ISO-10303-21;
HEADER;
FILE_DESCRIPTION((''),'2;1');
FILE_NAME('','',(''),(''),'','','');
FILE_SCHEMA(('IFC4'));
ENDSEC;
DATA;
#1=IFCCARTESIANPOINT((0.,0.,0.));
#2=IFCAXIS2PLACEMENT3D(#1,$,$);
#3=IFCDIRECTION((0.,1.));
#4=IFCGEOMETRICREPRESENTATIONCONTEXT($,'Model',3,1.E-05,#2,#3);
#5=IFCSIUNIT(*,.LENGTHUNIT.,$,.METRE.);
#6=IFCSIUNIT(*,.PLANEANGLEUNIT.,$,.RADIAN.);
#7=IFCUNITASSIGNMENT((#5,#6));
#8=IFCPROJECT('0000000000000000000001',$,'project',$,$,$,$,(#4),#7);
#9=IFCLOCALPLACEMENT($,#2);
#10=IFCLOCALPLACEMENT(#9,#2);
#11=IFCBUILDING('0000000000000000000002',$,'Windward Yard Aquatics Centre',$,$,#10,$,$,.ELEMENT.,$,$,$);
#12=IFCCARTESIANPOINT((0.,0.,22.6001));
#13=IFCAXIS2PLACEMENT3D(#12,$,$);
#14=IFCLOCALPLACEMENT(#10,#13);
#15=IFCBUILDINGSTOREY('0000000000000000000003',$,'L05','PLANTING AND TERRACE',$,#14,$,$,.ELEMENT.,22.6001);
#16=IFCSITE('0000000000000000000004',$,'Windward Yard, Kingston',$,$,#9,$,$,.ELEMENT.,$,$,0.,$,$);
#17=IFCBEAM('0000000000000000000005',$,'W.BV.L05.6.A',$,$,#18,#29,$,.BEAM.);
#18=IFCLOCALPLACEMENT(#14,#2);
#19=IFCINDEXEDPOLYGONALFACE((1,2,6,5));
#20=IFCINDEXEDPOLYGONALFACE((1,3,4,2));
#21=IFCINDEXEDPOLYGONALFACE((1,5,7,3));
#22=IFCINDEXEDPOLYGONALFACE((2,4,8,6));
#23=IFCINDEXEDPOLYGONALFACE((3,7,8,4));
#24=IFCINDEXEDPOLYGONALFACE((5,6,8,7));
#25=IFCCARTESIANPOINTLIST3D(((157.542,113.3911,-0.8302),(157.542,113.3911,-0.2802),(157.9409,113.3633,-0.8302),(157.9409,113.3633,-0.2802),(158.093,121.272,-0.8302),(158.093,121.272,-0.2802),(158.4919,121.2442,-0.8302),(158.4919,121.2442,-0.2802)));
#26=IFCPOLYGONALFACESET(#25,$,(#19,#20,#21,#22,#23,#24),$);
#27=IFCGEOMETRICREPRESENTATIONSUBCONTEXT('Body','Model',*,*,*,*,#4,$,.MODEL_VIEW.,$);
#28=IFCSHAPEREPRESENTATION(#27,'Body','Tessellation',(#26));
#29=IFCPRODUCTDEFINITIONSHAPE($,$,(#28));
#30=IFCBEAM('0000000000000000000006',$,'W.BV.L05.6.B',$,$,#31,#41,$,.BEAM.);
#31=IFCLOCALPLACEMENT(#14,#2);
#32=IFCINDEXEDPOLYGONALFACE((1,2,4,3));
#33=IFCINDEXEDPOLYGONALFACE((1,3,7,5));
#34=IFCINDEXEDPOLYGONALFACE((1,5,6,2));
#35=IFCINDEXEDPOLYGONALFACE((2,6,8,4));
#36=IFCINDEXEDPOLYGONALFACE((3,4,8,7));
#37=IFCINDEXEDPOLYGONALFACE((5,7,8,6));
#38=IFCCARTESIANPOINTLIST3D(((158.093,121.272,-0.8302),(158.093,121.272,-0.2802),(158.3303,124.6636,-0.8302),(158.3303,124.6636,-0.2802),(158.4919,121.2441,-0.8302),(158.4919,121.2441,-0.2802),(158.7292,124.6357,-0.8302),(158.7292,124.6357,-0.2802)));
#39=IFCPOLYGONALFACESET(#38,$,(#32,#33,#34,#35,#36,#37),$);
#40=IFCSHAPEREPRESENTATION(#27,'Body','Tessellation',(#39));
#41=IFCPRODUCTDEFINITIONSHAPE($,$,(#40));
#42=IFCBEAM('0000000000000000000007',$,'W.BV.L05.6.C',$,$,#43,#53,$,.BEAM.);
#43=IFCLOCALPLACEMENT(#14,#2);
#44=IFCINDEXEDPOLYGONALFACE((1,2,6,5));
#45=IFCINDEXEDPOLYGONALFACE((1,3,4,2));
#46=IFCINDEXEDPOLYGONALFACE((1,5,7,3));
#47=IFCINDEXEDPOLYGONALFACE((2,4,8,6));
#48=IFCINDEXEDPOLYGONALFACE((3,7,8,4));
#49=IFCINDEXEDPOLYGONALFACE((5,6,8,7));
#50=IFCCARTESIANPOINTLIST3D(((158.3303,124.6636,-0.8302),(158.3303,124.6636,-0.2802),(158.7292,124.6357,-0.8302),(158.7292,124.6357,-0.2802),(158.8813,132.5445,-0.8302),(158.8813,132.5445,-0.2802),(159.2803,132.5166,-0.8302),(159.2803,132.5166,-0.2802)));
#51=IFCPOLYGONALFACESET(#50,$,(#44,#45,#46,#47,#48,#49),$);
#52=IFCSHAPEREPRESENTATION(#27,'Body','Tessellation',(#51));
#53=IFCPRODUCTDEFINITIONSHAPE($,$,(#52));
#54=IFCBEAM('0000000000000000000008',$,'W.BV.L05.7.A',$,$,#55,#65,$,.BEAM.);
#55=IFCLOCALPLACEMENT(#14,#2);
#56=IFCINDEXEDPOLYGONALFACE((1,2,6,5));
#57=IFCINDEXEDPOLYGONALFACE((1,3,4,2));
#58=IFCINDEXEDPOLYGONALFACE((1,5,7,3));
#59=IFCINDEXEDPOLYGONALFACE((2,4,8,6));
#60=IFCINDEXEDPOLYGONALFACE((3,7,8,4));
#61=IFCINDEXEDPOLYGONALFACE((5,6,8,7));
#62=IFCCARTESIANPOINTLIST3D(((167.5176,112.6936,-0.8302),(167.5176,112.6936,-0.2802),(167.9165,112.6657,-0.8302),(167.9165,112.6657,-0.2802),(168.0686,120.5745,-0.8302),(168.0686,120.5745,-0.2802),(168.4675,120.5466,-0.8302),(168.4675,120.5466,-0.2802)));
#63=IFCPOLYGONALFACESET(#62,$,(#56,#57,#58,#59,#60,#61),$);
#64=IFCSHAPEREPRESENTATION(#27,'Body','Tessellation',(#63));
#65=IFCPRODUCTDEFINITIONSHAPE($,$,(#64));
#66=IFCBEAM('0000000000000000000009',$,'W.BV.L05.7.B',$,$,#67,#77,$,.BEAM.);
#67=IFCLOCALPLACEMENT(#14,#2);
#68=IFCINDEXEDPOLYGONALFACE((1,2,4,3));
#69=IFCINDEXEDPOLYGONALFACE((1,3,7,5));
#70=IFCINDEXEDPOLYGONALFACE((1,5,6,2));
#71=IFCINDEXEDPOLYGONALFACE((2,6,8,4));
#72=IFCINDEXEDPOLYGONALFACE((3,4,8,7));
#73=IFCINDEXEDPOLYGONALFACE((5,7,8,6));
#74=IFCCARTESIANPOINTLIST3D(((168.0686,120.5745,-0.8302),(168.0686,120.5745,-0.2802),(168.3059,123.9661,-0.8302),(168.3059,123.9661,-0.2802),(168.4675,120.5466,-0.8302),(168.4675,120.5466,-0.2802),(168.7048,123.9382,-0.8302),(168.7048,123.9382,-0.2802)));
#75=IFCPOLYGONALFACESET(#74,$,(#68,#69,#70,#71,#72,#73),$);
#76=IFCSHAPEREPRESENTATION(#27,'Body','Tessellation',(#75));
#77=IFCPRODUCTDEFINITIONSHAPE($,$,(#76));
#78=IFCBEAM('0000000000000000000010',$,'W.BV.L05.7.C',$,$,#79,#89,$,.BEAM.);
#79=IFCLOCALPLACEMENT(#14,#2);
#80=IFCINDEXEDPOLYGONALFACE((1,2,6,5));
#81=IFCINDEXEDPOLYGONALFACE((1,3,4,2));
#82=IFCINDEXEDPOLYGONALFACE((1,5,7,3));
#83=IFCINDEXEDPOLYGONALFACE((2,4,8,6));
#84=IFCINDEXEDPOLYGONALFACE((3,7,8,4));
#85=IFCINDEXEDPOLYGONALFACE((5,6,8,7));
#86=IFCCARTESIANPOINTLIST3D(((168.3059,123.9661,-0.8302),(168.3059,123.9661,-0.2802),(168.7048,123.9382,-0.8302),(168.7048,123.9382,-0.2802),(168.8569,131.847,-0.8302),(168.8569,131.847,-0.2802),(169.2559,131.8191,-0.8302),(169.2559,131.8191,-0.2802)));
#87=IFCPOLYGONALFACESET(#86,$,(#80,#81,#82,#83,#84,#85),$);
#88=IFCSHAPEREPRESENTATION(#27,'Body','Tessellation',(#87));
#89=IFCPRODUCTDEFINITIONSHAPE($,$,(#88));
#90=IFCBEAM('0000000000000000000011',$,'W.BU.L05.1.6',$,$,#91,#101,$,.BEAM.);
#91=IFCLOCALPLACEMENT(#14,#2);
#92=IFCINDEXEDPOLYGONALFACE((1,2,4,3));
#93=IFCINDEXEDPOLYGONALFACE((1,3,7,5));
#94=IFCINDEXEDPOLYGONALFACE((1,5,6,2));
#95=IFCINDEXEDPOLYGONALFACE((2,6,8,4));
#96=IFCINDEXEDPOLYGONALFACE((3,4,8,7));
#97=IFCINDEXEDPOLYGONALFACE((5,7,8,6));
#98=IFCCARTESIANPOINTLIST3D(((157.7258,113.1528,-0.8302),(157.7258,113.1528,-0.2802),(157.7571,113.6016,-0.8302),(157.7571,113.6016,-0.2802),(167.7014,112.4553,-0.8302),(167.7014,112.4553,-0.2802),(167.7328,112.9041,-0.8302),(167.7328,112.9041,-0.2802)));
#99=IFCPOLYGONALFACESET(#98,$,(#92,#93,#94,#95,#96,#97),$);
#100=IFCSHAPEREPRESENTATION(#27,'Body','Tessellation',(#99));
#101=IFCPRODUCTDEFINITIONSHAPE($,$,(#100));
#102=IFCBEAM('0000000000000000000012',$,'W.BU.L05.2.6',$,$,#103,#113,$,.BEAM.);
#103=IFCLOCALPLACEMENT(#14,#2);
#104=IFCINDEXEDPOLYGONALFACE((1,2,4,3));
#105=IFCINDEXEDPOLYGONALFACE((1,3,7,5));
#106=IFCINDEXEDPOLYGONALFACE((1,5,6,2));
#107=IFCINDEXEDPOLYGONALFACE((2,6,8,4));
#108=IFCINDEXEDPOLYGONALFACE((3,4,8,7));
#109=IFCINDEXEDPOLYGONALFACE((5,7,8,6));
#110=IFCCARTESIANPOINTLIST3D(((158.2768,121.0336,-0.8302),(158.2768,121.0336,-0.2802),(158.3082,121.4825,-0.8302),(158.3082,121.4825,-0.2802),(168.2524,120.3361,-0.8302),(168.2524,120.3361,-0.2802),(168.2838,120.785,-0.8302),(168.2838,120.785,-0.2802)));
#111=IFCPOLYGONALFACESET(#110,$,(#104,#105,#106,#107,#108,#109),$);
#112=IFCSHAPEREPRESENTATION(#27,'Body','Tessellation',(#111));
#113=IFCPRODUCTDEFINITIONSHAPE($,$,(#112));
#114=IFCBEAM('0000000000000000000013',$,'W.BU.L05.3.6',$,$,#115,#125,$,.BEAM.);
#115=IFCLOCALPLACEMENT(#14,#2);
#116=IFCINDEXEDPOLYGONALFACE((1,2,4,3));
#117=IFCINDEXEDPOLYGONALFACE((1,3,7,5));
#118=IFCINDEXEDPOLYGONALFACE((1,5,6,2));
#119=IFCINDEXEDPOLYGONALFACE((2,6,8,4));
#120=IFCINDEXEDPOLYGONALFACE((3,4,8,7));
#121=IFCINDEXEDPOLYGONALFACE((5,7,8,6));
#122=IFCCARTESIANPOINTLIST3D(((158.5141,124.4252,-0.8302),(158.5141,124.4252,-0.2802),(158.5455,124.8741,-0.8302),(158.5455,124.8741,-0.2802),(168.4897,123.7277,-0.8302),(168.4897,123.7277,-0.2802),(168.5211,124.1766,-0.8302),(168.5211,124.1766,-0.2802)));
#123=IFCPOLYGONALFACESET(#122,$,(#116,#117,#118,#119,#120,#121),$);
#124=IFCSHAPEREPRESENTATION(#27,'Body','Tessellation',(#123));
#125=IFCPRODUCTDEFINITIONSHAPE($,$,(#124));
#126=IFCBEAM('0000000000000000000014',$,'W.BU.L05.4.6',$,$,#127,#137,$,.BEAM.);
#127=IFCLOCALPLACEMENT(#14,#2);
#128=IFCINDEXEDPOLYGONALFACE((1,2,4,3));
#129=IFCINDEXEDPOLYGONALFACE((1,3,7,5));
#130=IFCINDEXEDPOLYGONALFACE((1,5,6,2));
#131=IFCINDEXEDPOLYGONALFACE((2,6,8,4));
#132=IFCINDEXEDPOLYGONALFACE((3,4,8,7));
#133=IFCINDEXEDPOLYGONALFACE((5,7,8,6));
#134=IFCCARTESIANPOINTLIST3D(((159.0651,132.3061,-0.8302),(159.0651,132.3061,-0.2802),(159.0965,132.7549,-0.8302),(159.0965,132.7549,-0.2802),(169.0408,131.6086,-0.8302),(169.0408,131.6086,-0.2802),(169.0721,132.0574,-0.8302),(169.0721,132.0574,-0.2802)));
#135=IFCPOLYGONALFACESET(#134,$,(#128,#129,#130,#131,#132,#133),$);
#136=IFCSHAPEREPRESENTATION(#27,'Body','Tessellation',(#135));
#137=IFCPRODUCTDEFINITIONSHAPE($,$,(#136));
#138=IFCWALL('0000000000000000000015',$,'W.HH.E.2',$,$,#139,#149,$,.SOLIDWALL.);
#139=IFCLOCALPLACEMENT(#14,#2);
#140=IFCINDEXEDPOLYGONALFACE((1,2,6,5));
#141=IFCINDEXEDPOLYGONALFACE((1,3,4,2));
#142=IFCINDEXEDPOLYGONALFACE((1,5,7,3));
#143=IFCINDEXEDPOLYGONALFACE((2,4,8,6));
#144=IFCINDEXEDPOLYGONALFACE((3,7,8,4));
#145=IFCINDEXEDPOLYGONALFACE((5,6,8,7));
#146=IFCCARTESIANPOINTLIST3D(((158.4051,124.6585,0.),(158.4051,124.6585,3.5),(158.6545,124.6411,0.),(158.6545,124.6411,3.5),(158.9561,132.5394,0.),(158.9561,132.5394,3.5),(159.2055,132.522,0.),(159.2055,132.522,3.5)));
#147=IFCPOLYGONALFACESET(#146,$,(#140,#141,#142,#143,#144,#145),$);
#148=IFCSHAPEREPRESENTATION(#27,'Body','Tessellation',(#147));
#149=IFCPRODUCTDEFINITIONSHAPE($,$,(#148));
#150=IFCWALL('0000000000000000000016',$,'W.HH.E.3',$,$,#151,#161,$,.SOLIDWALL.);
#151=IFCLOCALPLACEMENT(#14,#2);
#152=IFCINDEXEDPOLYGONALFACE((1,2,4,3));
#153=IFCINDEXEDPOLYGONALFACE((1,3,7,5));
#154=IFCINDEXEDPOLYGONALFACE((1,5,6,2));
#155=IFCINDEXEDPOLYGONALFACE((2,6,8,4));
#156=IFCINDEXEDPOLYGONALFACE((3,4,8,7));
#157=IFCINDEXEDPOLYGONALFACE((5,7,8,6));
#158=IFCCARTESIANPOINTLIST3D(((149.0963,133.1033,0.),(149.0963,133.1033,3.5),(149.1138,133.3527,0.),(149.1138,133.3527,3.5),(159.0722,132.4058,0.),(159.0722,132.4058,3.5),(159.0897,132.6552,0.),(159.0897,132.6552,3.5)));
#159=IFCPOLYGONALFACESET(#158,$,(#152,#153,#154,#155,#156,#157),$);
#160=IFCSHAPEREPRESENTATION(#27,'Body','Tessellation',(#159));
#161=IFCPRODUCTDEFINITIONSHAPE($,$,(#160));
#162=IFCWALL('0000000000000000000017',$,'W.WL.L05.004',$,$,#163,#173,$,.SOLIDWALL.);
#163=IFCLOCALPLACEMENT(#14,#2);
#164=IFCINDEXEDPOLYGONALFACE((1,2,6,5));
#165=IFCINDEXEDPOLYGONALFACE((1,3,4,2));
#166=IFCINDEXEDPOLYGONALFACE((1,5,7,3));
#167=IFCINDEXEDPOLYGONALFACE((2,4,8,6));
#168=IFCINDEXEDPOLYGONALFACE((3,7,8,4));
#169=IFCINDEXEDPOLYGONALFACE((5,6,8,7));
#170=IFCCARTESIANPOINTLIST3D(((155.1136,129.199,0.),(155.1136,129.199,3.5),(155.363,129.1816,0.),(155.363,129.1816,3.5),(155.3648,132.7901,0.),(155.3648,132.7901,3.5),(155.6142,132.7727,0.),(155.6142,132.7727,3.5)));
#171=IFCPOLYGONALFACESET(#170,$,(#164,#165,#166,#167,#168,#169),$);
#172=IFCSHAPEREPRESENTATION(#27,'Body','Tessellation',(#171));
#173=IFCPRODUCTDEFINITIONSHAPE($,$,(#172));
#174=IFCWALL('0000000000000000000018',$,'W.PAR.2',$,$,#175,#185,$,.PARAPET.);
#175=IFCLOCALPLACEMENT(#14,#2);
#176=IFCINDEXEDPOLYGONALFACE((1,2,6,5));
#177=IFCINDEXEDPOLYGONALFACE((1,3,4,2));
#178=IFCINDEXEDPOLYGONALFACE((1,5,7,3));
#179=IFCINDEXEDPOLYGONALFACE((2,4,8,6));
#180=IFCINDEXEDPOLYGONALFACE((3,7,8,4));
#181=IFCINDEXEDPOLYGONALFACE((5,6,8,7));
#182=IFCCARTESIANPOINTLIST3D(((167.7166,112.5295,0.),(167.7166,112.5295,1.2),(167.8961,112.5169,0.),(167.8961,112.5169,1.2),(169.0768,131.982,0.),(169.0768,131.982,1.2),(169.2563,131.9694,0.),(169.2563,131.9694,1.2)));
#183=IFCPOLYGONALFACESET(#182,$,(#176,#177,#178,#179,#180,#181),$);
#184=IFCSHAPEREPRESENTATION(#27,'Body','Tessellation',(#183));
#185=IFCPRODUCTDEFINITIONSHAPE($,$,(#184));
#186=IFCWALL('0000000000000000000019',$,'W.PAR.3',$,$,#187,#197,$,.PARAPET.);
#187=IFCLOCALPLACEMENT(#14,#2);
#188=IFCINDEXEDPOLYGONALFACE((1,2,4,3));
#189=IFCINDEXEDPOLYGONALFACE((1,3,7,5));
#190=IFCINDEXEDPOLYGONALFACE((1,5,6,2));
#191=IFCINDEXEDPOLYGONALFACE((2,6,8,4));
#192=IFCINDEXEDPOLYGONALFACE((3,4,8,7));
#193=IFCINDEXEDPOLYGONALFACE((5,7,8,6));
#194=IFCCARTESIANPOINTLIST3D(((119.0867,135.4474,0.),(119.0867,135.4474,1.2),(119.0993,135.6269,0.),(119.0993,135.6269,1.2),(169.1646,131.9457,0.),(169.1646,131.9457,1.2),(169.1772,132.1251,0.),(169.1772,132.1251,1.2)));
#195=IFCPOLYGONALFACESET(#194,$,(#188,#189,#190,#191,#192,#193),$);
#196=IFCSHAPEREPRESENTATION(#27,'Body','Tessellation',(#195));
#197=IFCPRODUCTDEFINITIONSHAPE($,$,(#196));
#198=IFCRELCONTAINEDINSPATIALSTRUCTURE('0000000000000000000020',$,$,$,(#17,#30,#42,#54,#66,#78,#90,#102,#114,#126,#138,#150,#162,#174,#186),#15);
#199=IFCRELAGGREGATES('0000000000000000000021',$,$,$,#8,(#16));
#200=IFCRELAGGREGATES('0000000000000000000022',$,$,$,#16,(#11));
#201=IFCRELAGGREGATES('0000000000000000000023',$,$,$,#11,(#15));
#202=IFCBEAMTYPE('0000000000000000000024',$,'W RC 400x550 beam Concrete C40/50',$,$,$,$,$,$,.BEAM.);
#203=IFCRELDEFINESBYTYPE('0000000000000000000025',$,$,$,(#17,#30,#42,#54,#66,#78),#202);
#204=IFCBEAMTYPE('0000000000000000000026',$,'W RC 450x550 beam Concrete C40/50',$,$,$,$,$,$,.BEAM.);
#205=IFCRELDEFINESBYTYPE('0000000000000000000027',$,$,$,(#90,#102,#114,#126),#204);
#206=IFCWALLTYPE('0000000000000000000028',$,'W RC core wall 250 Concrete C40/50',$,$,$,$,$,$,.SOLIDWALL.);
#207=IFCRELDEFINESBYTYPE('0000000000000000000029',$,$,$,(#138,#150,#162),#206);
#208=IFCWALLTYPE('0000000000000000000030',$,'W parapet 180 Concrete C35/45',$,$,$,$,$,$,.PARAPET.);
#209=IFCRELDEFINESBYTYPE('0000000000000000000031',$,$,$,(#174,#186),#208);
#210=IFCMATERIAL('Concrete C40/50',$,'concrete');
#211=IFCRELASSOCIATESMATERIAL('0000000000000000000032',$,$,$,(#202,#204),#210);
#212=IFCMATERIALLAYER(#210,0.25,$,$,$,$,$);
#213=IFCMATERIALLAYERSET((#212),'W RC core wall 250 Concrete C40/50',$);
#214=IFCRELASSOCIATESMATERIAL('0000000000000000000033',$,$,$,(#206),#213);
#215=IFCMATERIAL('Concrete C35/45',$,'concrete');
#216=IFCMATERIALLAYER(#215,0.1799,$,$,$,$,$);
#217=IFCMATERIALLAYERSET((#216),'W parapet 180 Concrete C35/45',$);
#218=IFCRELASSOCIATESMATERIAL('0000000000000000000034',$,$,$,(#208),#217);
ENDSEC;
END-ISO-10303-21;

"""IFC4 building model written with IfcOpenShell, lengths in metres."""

from ifc_helpers import new_model, si_unit, direction, frame, frame_2d, origin, origin_2d, place, context, subcontext, project, spatial, rectangle, extrude, material, layer, layer_set, material_profile, profile_set, type_object, element, save


model = new_model("IFC4")

# Units and contexts
model_context = context("Model", 3, precision=1e-05, world=origin(), true_north=direction((0.0, 1.0)))
body_context = subcontext(model_context, "Body", "Model", "MODEL_VIEW")
ifc_project = project(units=[si_unit("LENGTHUNIT", "METRE"), si_unit("PLANEANGLEUNIT", "RADIAN")], contexts=[model_context])

# Site, building, storey
site_placement = place(None, origin())
site = spatial("IfcSite", under=ifc_project, at=site_placement, Name="Windward Yard, Kingston", CompositionType="ELEMENT", RefElevation=0.0)
building_placement = place(site_placement, origin())
building = spatial("IfcBuilding", under=site, at=building_placement, Name="Windward Yard Aquatics Centre", CompositionType="ELEMENT")
storey_placement = place(building_placement, frame((0.0, 0.0, 22.6001)))
storey = spatial("IfcBuildingStorey", under=building, at=storey_placement, Name="L05", Description="PLANTING AND TERRACE", CompositionType="ELEMENT", Elevation=22.6001)

# Beams
ifc_material_1 = material(Name="Concrete C40/50", Category="concrete")
ifc_material_profile_1 = material_profile(ifc_material_1, rectangle(XDim=0.3999, YDim=0.55, at=origin_2d()), Name="RC 400x550")
ifc_profile_set_1 = profile_set([ifc_material_profile_1], Name="Concrete C40/50")
beam_type_1 = type_object("IfcBeamType", Name="W RC 400x550 beam Concrete C40/50", PredefinedType="BEAM", material=ifc_profile_set_1)
beam_1_placement = place(storey_placement, frame((157.7415, 113.3772, -0.5552), z_axis=(0.069749, 0.997565, 0.0), x_axis=(-0.997565, 0.069749, 0.0)))
element("IfcBeam", 1, at=beam_1_placement, inside=storey, type_object=beam_type_1, Name="W.BV.L05.6.A", PredefinedType="BEAM", context=body_context, shape_type="SweptSolid", body=[
    extrude(rectangle(XDim=0.3999, YDim=0.55, at=origin_2d()), origin(), (0.0, 0.0, 1.0), 7.9001),
])
beam_2_placement = place(storey_placement, frame((158.2925, 121.2581, -0.5552), z_axis=(0.069798, 0.997561, 0.0), x_axis=(-0.997561, 0.069798, 0.0)))
element("IfcBeam", 2, at=beam_2_placement, inside=storey, type_object=beam_type_1, Name="W.BV.L05.6.B", PredefinedType="BEAM", context=body_context, shape_type="SweptSolid", body=[
    extrude(rectangle(XDim=0.3999, YDim=0.55, at=origin_2d()), origin(), (0.0, 0.0, 1.0), 3.3999),
])
for number, where, z_axis, x_axis, name in (
    (3, (158.5298, 124.6497, -0.5552), (0.069749, 0.997565, 0.0), (-0.997565, 0.069749, 0.0), "W.BV.L05.6.C"),
    (4, (167.717, 112.6797, -0.5552), (0.069749, 0.997565, 0.0), (-0.997565, 0.069749, 0.0), "W.BV.L05.7.A"),
):
    element("IfcBeam", number, at=place(storey_placement, frame(where, z_axis=z_axis, x_axis=x_axis)), inside=storey, type_object=beam_type_1, Name=name, PredefinedType="BEAM", context=body_context, shape_type="SweptSolid", body=[
        extrude(rectangle(XDim=0.3999, YDim=0.55, at=origin_2d()), origin(), (0.0, 0.0, 1.0), 7.9001),
    ])
beam_3_placement = place(storey_placement, frame((168.2681, 120.5605, -0.5552), z_axis=(0.069798, 0.997561, 0.0), x_axis=(-0.997561, 0.069798, 0.0)))
element("IfcBeam", 5, at=beam_3_placement, inside=storey, type_object=beam_type_1, Name="W.BV.L05.7.B", PredefinedType="BEAM", context=body_context, shape_type="SweptSolid", body=[
    extrude(rectangle(XDim=0.3999, YDim=0.55, at=origin_2d()), origin(), (0.0, 0.0, 1.0), 3.3999),
])
beam_4_placement = place(storey_placement, frame((168.5054, 123.9521, -0.5552), z_axis=(0.069749, 0.997565, 0.0), x_axis=(-0.997565, 0.069749, 0.0)))
element("IfcBeam", 6, at=beam_4_placement, inside=storey, type_object=beam_type_1, Name="W.BV.L05.7.C", PredefinedType="BEAM", context=body_context, shape_type="SweptSolid", body=[
    extrude(rectangle(XDim=0.3999, YDim=0.55, at=origin_2d()), origin(), (0.0, 0.0, 1.0), 7.9001),
])
ifc_material_profile_2 = material_profile(ifc_material_1, rectangle(XDim=0.45, YDim=0.55, at=origin_2d()), Name="RC 450x550")
ifc_profile_set_2 = profile_set([ifc_material_profile_2], Name="Concrete C40/50")
beam_type_2 = type_object("IfcBeamType", Name="W RC 450x550 beam Concrete C40/50", PredefinedType="BEAM", material=ifc_profile_set_2)
for number, where, z_axis, x_axis, name in (
    (7, (157.7415, 113.3772, -0.5552), (0.997564, -0.069751, 0.0), (0.069751, 0.997564, 0.0), "W.BU.L05.1.6"),
    (8, (158.2925, 121.2581, -0.5552), (0.997564, -0.069751, 0.0), (0.069751, 0.997564, 0.0), "W.BU.L05.2.6"),
    (9, (158.5298, 124.6497, -0.5552), (0.997564, -0.069751, 0.0), (0.069751, 0.997564, 0.0), "W.BU.L05.3.6"),
    (10, (159.0808, 132.5305, -0.5552), (0.997564, -0.069751, 0.0), (0.069751, 0.997564, 0.0), "W.BU.L05.4.6"),
):
    element("IfcBeam", number, at=place(storey_placement, frame(where, z_axis=z_axis, x_axis=x_axis)), inside=storey, type_object=beam_type_2, Name=name, PredefinedType="BEAM", context=body_context, shape_type="SweptSolid", body=[
        extrude(rectangle(XDim=0.45, YDim=0.55, at=origin_2d()), origin(), (0.0, 0.0, 1.0), 10.0),
    ])

# Walls
ifc_layer_1 = layer(ifc_material_1, 0.25)
ifc_layer_set_1 = layer_set([ifc_layer_1], Name="W RC core wall 250 Concrete C40/50")
wall_type_1 = type_object("IfcWallType", Name="W RC core wall 250 Concrete C40/50", PredefinedType="SOLIDWALL", material=ifc_layer_set_1)
wall_1_placement = place(storey_placement, frame((158.5298, 124.6497, 0.0), z_axis=(0.0, 0.0, 1.0), x_axis=(0.069749, 0.997565, 0.0)))
element("IfcWall", 11, at=wall_1_placement, inside=storey, type_object=wall_type_1, Name="W.HH.E.2", PredefinedType="SOLIDWALL", context=body_context, shape_type="SweptSolid", body=[
    extrude(rectangle(XDim=7.9001, YDim=0.25, at=frame_2d((3.9502, 0.0))), origin(), (0.0, 0.0, 1.0), 3.5),
])
wall_2_placement = place(storey_placement, frame((159.0808, 132.5305, 0.0), z_axis=(0.0, 0.0, 1.0), x_axis=(-0.997565, 0.06975, 0.0)))
element("IfcWall", 12, at=wall_2_placement, inside=storey, type_object=wall_type_1, Name="W.HH.E.3", PredefinedType="SOLIDWALL", context=body_context, shape_type="SweptSolid", body=[
    extrude(rectangle(XDim=10.0002, YDim=0.25, at=frame_2d((5.0, 0.0))), origin(), (0.0, 0.0, 1.0), 3.5),
])
wall_3_placement = place(storey_placement, frame((155.2383, 129.1904, 0.0), z_axis=(0.0, 0.0, 1.0), x_axis=(0.069787, 0.997562, 0.0)))
element("IfcWall", 13, at=wall_3_placement, inside=storey, type_object=wall_type_1, Name="W.WL.L05.004", PredefinedType="SOLIDWALL", context=body_context, shape_type="SweptSolid", body=[
    extrude(rectangle(XDim=3.5999, YDim=0.25, at=frame_2d((1.7998, 0.0))), origin(), (0.0, 0.0, 1.0), 3.5),
])
ifc_material_2 = material(Name="Concrete C35/45", Category="concrete")
ifc_layer_2 = layer(ifc_material_2, 0.1799)
ifc_layer_set_2 = layer_set([ifc_layer_2], Name="W parapet 180 Concrete C35/45")
wall_type_2 = type_object("IfcWallType", Name="W parapet 180 Concrete C35/45", PredefinedType="PARAPET", material=ifc_layer_set_2)
wall_4_placement = place(storey_placement, frame((167.8064, 112.5232, 0.0), z_axis=(0.0, 0.0, 1.0), x_axis=(0.06975, 0.997565, 0.0)))
element("IfcWall", 14, at=wall_4_placement, inside=storey, type_object=wall_type_2, Name="W.PAR.2", PredefinedType="PARAPET", context=body_context, shape_type="SweptSolid", body=[
    extrude(rectangle(XDim=19.5, YDim=0.1799, at=frame_2d((9.75, 0.0))), origin(), (0.0, 0.0, 1.0), 1.2),
])
wall_5_placement = place(storey_placement, frame((169.1709, 132.0354, 0.0), z_axis=(0.0, 0.0, 1.0), x_axis=(-0.997564, 0.069755, 0.0)))
element("IfcWall", 15, at=wall_5_placement, inside=storey, type_object=wall_type_2, Name="W.PAR.3", PredefinedType="PARAPET", context=body_context, shape_type="SweptSolid", body=[
    extrude(rectangle(XDim=50.2002, YDim=0.1799, at=frame_2d((25.1001, 0.0))), origin(), (0.0, 0.0, 1.0), 1.2),
])

save(model, "model.ifc")
